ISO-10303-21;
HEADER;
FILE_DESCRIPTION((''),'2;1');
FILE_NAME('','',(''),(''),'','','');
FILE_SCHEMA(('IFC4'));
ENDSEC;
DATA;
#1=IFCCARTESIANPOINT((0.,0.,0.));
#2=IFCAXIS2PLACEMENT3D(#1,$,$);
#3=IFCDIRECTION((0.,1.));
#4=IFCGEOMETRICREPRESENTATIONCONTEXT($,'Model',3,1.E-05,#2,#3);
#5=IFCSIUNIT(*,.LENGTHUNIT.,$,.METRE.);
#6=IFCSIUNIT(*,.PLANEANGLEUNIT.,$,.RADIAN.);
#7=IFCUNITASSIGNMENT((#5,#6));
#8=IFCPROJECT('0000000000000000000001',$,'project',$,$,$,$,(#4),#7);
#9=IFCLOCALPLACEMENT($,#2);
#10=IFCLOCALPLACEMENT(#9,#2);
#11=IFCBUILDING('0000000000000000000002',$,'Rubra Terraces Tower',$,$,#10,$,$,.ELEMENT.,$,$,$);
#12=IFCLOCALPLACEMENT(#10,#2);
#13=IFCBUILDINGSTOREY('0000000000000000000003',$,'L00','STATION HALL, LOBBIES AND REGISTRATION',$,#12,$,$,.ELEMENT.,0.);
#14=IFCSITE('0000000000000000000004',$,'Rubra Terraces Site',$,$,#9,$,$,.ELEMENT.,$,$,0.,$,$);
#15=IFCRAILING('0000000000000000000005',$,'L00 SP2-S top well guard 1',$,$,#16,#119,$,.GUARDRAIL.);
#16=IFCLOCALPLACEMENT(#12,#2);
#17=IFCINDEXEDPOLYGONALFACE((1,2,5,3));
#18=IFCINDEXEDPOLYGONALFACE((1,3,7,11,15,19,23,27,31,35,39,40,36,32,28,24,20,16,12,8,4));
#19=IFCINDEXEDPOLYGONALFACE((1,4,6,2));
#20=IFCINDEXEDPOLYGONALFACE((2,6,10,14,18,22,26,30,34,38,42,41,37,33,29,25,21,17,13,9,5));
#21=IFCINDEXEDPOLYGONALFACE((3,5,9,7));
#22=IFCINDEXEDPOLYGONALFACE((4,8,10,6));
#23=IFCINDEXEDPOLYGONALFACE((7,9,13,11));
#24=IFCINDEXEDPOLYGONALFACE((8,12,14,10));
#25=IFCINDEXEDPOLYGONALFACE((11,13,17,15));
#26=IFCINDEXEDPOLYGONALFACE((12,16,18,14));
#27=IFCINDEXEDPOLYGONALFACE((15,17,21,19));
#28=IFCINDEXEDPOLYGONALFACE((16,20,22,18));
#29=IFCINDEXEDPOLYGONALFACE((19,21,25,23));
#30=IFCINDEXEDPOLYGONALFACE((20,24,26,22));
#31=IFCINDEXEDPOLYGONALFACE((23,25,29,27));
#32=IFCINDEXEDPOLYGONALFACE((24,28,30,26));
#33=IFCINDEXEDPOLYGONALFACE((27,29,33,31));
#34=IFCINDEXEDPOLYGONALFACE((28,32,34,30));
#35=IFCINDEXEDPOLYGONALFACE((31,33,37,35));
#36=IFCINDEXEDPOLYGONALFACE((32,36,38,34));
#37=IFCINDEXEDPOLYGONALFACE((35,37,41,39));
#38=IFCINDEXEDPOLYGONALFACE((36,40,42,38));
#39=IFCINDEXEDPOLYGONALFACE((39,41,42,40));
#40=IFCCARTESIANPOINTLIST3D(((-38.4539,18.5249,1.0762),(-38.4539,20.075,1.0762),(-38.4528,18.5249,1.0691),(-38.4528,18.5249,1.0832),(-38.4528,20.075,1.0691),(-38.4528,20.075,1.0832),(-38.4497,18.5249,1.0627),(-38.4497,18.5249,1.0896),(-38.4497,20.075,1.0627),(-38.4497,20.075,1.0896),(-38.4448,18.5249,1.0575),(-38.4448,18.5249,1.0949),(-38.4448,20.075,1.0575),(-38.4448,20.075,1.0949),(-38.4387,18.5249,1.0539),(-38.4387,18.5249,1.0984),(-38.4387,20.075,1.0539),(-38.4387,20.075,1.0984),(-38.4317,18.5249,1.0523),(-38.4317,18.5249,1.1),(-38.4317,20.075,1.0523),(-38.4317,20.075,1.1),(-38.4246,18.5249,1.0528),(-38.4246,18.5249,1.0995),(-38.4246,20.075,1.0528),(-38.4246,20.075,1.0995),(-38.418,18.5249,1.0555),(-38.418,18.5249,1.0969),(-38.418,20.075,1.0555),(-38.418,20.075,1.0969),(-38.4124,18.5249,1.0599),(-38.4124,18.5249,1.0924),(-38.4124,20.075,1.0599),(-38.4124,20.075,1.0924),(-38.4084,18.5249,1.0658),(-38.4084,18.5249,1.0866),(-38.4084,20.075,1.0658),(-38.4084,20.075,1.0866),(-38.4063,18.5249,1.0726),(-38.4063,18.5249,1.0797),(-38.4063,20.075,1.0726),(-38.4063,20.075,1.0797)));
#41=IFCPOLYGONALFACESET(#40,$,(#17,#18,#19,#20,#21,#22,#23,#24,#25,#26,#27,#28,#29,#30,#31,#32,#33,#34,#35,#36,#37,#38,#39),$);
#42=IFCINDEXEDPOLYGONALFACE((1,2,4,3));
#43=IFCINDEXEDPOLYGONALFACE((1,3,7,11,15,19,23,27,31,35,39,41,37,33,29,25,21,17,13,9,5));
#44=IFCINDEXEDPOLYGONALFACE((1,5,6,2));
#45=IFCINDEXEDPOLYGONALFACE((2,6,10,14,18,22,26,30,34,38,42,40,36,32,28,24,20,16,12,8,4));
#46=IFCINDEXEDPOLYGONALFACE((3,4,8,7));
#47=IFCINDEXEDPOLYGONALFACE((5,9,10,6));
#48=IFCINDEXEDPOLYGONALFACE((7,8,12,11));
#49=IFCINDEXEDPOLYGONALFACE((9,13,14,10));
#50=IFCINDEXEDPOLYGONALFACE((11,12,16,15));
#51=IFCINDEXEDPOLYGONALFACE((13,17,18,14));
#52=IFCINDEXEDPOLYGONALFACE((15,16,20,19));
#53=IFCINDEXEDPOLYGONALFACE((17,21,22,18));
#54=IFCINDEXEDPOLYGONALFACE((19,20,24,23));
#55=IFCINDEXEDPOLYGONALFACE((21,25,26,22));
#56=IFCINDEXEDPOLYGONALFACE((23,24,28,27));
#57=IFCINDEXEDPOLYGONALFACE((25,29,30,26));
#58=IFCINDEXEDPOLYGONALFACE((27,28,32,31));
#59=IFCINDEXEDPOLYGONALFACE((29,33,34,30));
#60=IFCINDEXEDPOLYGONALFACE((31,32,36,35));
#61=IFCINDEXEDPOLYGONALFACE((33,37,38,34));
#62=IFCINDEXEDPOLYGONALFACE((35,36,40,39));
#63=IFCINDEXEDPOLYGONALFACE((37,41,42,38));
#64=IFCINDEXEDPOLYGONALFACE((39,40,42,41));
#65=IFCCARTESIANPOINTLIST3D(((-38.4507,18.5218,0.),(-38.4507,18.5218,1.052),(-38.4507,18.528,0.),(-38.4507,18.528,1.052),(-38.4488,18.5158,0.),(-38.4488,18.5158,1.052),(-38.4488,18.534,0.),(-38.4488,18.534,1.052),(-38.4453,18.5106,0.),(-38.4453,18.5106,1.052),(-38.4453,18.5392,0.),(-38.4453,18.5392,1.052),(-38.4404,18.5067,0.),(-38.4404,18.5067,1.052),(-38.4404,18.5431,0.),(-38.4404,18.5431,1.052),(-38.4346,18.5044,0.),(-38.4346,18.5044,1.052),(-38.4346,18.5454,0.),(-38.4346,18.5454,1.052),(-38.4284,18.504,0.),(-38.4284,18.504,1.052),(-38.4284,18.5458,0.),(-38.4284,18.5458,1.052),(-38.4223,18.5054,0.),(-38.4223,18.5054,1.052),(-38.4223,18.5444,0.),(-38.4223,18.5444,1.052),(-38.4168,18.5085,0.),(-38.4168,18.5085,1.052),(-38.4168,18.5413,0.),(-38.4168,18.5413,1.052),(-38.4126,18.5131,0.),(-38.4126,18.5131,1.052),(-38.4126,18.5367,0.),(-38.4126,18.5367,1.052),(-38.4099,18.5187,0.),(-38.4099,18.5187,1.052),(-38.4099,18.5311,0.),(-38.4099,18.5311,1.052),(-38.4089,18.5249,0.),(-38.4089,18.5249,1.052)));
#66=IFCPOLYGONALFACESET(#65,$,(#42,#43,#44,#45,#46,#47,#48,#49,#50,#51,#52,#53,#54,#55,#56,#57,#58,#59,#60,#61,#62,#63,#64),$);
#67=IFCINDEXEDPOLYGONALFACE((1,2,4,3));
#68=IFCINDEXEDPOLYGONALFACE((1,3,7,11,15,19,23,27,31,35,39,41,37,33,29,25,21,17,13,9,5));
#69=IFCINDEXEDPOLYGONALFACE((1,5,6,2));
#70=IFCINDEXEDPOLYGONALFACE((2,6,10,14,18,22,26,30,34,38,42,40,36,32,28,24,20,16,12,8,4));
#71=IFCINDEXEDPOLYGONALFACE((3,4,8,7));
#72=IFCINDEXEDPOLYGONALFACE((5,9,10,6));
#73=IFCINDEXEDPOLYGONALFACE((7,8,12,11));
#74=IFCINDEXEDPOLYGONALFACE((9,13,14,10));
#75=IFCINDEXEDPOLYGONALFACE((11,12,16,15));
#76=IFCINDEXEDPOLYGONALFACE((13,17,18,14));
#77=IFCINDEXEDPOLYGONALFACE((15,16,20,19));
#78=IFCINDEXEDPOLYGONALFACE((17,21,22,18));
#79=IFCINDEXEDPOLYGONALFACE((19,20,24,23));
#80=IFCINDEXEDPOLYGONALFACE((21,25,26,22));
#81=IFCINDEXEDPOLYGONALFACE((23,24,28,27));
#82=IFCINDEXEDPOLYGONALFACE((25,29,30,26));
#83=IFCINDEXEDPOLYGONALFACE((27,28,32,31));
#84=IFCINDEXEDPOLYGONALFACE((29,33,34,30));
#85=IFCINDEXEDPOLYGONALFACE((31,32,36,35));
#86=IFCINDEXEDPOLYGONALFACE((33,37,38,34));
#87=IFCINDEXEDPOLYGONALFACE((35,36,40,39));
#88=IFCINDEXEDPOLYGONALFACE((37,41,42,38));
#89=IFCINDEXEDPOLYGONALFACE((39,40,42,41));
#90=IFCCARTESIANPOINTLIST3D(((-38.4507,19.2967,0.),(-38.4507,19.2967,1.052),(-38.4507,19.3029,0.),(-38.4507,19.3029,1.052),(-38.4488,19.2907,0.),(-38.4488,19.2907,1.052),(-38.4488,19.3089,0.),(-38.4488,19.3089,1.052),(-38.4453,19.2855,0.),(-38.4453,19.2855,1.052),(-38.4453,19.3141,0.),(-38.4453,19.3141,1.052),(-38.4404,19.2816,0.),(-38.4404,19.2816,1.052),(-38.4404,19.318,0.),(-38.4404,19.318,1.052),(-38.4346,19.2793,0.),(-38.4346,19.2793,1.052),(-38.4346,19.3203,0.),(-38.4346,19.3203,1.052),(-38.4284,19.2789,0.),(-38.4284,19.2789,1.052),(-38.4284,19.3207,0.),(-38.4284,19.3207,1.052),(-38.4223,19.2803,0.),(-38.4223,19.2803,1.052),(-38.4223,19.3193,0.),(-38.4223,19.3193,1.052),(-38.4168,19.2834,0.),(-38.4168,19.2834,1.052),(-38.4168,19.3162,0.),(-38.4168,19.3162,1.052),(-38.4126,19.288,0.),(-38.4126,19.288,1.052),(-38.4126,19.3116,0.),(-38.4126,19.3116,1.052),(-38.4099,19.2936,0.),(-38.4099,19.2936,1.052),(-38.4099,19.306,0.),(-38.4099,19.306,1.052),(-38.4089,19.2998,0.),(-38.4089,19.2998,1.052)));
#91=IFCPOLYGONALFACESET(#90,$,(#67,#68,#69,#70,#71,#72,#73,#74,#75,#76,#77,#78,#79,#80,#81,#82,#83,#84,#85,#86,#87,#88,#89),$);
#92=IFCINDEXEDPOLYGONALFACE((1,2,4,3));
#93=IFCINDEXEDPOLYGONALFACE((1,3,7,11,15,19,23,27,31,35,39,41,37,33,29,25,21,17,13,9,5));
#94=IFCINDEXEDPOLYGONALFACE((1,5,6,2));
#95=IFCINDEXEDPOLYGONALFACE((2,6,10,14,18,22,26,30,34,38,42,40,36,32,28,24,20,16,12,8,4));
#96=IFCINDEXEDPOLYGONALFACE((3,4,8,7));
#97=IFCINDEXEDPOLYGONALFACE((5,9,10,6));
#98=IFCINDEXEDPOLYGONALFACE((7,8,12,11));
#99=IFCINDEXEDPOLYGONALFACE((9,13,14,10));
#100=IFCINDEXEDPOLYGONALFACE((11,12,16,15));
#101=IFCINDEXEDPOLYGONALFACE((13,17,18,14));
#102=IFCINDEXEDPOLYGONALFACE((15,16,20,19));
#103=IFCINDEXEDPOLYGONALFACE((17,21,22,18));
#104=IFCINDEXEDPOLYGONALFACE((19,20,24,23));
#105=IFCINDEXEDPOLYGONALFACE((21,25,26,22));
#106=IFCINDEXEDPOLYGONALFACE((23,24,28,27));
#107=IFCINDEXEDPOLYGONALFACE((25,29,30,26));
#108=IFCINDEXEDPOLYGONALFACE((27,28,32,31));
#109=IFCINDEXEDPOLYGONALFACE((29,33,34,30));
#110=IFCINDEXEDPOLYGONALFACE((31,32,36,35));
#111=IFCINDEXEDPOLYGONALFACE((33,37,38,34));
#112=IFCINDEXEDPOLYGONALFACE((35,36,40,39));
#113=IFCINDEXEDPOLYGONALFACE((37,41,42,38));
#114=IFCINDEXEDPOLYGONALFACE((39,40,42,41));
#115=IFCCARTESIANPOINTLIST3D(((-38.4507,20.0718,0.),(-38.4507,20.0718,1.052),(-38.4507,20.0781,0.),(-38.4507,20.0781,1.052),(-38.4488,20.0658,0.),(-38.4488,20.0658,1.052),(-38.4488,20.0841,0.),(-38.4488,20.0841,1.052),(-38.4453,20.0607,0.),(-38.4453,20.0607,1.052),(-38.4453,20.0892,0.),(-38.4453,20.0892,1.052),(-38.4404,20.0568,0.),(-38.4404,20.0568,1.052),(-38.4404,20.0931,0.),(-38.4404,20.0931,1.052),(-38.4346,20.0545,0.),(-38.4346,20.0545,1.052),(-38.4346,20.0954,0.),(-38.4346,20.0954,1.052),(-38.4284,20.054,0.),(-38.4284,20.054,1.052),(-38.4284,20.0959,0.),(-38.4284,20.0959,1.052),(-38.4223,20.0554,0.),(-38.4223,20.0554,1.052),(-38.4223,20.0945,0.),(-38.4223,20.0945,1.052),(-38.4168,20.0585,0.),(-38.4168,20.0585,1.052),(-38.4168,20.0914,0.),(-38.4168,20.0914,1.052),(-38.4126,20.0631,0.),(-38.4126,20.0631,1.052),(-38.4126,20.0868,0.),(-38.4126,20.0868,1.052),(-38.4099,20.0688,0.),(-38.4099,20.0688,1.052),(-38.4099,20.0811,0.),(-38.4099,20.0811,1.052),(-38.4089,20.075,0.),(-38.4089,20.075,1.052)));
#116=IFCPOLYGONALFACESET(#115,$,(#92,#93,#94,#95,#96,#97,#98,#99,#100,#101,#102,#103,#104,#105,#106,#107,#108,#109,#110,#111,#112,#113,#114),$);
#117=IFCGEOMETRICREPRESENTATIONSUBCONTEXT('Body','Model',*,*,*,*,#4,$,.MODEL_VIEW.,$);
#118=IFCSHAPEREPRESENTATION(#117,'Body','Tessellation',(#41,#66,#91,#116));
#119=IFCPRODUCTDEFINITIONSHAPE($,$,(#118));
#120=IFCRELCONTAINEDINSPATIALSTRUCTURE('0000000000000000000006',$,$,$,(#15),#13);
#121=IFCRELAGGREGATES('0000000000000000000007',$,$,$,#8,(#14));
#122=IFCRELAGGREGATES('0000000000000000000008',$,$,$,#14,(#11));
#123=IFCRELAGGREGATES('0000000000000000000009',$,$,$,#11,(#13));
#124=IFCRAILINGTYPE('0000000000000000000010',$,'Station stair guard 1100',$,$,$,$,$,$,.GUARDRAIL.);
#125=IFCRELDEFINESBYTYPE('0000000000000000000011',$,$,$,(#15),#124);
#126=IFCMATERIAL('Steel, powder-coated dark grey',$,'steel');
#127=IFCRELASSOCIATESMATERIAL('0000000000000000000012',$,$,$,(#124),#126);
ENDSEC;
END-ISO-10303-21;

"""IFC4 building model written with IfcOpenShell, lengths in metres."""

from ifc_helpers import new_model, si_unit, direction, frame, origin, origin_2d, place, context, subcontext, project, spatial, circle, extrude, material, type_object, element, save


model = new_model("IFC4")

# Units and contexts
model_context = context("Model", 3, precision=1e-05, world=origin(), true_north=direction((0.0, 1.0)))
body_context = subcontext(model_context, "Body", "Model", "MODEL_VIEW")
ifc_project = project(units=[si_unit("LENGTHUNIT", "METRE"), si_unit("PLANEANGLEUNIT", "RADIAN")], contexts=[model_context])

# Site, building, storey
site_placement = place(None, origin())
site = spatial("IfcSite", under=ifc_project, at=site_placement, Name="Rubra Terraces Site", CompositionType="ELEMENT", RefElevation=0.0)
building_placement = place(site_placement, origin())
building = spatial("IfcBuilding", under=site, at=building_placement, Name="Rubra Terraces Tower", CompositionType="ELEMENT")
storey_placement = place(building_placement, origin())
storey = spatial("IfcBuildingStorey", under=building, at=storey_placement, Name="L00", Description="STATION HALL, LOBBIES AND REGISTRATION", CompositionType="ELEMENT", Elevation=0.0)

# Railing
ifc_material_1 = material(Name="Steel, powder-coated dark grey", Category="steel")
railing_type = type_object("IfcRailingType", Name="Station stair guard 1100", PredefinedType="GUARDRAIL", material=ifc_material_1)
railing_1_placement = place(storey_placement, frame((-38.4299, 18.5249, 0.0)))
element("IfcRailing", 1, at=railing_1_placement, inside=storey, type_object=railing_type, Name="L00 SP2-S top well guard 1", PredefinedType="GUARDRAIL", context=body_context, shape_type="SweptSolid", body=[
    extrude(circle(Radius=0.0239, at=origin_2d()), frame((0.0, 0.0, 1.0762), z_axis=(0.0, 1.0, 0.0), x_axis=(-1.0, 0.0, 0.0)), (0.0, 0.0, 1.0), 1.55),
    extrude(circle(Radius=0.021, at=origin_2d()), origin(), (0.0, 0.0, 1.0), 1.052),
    extrude(circle(Radius=0.021, at=origin_2d()), frame((0.0, 0.7749, 0.0)), (0.0, 0.0, 1.0), 1.052),
    extrude(circle(Radius=0.021, at=origin_2d()), frame((0.0, 1.55, 0.0)), (0.0, 0.0, 1.0), 1.052),
])

save(model, "model.ifc")
